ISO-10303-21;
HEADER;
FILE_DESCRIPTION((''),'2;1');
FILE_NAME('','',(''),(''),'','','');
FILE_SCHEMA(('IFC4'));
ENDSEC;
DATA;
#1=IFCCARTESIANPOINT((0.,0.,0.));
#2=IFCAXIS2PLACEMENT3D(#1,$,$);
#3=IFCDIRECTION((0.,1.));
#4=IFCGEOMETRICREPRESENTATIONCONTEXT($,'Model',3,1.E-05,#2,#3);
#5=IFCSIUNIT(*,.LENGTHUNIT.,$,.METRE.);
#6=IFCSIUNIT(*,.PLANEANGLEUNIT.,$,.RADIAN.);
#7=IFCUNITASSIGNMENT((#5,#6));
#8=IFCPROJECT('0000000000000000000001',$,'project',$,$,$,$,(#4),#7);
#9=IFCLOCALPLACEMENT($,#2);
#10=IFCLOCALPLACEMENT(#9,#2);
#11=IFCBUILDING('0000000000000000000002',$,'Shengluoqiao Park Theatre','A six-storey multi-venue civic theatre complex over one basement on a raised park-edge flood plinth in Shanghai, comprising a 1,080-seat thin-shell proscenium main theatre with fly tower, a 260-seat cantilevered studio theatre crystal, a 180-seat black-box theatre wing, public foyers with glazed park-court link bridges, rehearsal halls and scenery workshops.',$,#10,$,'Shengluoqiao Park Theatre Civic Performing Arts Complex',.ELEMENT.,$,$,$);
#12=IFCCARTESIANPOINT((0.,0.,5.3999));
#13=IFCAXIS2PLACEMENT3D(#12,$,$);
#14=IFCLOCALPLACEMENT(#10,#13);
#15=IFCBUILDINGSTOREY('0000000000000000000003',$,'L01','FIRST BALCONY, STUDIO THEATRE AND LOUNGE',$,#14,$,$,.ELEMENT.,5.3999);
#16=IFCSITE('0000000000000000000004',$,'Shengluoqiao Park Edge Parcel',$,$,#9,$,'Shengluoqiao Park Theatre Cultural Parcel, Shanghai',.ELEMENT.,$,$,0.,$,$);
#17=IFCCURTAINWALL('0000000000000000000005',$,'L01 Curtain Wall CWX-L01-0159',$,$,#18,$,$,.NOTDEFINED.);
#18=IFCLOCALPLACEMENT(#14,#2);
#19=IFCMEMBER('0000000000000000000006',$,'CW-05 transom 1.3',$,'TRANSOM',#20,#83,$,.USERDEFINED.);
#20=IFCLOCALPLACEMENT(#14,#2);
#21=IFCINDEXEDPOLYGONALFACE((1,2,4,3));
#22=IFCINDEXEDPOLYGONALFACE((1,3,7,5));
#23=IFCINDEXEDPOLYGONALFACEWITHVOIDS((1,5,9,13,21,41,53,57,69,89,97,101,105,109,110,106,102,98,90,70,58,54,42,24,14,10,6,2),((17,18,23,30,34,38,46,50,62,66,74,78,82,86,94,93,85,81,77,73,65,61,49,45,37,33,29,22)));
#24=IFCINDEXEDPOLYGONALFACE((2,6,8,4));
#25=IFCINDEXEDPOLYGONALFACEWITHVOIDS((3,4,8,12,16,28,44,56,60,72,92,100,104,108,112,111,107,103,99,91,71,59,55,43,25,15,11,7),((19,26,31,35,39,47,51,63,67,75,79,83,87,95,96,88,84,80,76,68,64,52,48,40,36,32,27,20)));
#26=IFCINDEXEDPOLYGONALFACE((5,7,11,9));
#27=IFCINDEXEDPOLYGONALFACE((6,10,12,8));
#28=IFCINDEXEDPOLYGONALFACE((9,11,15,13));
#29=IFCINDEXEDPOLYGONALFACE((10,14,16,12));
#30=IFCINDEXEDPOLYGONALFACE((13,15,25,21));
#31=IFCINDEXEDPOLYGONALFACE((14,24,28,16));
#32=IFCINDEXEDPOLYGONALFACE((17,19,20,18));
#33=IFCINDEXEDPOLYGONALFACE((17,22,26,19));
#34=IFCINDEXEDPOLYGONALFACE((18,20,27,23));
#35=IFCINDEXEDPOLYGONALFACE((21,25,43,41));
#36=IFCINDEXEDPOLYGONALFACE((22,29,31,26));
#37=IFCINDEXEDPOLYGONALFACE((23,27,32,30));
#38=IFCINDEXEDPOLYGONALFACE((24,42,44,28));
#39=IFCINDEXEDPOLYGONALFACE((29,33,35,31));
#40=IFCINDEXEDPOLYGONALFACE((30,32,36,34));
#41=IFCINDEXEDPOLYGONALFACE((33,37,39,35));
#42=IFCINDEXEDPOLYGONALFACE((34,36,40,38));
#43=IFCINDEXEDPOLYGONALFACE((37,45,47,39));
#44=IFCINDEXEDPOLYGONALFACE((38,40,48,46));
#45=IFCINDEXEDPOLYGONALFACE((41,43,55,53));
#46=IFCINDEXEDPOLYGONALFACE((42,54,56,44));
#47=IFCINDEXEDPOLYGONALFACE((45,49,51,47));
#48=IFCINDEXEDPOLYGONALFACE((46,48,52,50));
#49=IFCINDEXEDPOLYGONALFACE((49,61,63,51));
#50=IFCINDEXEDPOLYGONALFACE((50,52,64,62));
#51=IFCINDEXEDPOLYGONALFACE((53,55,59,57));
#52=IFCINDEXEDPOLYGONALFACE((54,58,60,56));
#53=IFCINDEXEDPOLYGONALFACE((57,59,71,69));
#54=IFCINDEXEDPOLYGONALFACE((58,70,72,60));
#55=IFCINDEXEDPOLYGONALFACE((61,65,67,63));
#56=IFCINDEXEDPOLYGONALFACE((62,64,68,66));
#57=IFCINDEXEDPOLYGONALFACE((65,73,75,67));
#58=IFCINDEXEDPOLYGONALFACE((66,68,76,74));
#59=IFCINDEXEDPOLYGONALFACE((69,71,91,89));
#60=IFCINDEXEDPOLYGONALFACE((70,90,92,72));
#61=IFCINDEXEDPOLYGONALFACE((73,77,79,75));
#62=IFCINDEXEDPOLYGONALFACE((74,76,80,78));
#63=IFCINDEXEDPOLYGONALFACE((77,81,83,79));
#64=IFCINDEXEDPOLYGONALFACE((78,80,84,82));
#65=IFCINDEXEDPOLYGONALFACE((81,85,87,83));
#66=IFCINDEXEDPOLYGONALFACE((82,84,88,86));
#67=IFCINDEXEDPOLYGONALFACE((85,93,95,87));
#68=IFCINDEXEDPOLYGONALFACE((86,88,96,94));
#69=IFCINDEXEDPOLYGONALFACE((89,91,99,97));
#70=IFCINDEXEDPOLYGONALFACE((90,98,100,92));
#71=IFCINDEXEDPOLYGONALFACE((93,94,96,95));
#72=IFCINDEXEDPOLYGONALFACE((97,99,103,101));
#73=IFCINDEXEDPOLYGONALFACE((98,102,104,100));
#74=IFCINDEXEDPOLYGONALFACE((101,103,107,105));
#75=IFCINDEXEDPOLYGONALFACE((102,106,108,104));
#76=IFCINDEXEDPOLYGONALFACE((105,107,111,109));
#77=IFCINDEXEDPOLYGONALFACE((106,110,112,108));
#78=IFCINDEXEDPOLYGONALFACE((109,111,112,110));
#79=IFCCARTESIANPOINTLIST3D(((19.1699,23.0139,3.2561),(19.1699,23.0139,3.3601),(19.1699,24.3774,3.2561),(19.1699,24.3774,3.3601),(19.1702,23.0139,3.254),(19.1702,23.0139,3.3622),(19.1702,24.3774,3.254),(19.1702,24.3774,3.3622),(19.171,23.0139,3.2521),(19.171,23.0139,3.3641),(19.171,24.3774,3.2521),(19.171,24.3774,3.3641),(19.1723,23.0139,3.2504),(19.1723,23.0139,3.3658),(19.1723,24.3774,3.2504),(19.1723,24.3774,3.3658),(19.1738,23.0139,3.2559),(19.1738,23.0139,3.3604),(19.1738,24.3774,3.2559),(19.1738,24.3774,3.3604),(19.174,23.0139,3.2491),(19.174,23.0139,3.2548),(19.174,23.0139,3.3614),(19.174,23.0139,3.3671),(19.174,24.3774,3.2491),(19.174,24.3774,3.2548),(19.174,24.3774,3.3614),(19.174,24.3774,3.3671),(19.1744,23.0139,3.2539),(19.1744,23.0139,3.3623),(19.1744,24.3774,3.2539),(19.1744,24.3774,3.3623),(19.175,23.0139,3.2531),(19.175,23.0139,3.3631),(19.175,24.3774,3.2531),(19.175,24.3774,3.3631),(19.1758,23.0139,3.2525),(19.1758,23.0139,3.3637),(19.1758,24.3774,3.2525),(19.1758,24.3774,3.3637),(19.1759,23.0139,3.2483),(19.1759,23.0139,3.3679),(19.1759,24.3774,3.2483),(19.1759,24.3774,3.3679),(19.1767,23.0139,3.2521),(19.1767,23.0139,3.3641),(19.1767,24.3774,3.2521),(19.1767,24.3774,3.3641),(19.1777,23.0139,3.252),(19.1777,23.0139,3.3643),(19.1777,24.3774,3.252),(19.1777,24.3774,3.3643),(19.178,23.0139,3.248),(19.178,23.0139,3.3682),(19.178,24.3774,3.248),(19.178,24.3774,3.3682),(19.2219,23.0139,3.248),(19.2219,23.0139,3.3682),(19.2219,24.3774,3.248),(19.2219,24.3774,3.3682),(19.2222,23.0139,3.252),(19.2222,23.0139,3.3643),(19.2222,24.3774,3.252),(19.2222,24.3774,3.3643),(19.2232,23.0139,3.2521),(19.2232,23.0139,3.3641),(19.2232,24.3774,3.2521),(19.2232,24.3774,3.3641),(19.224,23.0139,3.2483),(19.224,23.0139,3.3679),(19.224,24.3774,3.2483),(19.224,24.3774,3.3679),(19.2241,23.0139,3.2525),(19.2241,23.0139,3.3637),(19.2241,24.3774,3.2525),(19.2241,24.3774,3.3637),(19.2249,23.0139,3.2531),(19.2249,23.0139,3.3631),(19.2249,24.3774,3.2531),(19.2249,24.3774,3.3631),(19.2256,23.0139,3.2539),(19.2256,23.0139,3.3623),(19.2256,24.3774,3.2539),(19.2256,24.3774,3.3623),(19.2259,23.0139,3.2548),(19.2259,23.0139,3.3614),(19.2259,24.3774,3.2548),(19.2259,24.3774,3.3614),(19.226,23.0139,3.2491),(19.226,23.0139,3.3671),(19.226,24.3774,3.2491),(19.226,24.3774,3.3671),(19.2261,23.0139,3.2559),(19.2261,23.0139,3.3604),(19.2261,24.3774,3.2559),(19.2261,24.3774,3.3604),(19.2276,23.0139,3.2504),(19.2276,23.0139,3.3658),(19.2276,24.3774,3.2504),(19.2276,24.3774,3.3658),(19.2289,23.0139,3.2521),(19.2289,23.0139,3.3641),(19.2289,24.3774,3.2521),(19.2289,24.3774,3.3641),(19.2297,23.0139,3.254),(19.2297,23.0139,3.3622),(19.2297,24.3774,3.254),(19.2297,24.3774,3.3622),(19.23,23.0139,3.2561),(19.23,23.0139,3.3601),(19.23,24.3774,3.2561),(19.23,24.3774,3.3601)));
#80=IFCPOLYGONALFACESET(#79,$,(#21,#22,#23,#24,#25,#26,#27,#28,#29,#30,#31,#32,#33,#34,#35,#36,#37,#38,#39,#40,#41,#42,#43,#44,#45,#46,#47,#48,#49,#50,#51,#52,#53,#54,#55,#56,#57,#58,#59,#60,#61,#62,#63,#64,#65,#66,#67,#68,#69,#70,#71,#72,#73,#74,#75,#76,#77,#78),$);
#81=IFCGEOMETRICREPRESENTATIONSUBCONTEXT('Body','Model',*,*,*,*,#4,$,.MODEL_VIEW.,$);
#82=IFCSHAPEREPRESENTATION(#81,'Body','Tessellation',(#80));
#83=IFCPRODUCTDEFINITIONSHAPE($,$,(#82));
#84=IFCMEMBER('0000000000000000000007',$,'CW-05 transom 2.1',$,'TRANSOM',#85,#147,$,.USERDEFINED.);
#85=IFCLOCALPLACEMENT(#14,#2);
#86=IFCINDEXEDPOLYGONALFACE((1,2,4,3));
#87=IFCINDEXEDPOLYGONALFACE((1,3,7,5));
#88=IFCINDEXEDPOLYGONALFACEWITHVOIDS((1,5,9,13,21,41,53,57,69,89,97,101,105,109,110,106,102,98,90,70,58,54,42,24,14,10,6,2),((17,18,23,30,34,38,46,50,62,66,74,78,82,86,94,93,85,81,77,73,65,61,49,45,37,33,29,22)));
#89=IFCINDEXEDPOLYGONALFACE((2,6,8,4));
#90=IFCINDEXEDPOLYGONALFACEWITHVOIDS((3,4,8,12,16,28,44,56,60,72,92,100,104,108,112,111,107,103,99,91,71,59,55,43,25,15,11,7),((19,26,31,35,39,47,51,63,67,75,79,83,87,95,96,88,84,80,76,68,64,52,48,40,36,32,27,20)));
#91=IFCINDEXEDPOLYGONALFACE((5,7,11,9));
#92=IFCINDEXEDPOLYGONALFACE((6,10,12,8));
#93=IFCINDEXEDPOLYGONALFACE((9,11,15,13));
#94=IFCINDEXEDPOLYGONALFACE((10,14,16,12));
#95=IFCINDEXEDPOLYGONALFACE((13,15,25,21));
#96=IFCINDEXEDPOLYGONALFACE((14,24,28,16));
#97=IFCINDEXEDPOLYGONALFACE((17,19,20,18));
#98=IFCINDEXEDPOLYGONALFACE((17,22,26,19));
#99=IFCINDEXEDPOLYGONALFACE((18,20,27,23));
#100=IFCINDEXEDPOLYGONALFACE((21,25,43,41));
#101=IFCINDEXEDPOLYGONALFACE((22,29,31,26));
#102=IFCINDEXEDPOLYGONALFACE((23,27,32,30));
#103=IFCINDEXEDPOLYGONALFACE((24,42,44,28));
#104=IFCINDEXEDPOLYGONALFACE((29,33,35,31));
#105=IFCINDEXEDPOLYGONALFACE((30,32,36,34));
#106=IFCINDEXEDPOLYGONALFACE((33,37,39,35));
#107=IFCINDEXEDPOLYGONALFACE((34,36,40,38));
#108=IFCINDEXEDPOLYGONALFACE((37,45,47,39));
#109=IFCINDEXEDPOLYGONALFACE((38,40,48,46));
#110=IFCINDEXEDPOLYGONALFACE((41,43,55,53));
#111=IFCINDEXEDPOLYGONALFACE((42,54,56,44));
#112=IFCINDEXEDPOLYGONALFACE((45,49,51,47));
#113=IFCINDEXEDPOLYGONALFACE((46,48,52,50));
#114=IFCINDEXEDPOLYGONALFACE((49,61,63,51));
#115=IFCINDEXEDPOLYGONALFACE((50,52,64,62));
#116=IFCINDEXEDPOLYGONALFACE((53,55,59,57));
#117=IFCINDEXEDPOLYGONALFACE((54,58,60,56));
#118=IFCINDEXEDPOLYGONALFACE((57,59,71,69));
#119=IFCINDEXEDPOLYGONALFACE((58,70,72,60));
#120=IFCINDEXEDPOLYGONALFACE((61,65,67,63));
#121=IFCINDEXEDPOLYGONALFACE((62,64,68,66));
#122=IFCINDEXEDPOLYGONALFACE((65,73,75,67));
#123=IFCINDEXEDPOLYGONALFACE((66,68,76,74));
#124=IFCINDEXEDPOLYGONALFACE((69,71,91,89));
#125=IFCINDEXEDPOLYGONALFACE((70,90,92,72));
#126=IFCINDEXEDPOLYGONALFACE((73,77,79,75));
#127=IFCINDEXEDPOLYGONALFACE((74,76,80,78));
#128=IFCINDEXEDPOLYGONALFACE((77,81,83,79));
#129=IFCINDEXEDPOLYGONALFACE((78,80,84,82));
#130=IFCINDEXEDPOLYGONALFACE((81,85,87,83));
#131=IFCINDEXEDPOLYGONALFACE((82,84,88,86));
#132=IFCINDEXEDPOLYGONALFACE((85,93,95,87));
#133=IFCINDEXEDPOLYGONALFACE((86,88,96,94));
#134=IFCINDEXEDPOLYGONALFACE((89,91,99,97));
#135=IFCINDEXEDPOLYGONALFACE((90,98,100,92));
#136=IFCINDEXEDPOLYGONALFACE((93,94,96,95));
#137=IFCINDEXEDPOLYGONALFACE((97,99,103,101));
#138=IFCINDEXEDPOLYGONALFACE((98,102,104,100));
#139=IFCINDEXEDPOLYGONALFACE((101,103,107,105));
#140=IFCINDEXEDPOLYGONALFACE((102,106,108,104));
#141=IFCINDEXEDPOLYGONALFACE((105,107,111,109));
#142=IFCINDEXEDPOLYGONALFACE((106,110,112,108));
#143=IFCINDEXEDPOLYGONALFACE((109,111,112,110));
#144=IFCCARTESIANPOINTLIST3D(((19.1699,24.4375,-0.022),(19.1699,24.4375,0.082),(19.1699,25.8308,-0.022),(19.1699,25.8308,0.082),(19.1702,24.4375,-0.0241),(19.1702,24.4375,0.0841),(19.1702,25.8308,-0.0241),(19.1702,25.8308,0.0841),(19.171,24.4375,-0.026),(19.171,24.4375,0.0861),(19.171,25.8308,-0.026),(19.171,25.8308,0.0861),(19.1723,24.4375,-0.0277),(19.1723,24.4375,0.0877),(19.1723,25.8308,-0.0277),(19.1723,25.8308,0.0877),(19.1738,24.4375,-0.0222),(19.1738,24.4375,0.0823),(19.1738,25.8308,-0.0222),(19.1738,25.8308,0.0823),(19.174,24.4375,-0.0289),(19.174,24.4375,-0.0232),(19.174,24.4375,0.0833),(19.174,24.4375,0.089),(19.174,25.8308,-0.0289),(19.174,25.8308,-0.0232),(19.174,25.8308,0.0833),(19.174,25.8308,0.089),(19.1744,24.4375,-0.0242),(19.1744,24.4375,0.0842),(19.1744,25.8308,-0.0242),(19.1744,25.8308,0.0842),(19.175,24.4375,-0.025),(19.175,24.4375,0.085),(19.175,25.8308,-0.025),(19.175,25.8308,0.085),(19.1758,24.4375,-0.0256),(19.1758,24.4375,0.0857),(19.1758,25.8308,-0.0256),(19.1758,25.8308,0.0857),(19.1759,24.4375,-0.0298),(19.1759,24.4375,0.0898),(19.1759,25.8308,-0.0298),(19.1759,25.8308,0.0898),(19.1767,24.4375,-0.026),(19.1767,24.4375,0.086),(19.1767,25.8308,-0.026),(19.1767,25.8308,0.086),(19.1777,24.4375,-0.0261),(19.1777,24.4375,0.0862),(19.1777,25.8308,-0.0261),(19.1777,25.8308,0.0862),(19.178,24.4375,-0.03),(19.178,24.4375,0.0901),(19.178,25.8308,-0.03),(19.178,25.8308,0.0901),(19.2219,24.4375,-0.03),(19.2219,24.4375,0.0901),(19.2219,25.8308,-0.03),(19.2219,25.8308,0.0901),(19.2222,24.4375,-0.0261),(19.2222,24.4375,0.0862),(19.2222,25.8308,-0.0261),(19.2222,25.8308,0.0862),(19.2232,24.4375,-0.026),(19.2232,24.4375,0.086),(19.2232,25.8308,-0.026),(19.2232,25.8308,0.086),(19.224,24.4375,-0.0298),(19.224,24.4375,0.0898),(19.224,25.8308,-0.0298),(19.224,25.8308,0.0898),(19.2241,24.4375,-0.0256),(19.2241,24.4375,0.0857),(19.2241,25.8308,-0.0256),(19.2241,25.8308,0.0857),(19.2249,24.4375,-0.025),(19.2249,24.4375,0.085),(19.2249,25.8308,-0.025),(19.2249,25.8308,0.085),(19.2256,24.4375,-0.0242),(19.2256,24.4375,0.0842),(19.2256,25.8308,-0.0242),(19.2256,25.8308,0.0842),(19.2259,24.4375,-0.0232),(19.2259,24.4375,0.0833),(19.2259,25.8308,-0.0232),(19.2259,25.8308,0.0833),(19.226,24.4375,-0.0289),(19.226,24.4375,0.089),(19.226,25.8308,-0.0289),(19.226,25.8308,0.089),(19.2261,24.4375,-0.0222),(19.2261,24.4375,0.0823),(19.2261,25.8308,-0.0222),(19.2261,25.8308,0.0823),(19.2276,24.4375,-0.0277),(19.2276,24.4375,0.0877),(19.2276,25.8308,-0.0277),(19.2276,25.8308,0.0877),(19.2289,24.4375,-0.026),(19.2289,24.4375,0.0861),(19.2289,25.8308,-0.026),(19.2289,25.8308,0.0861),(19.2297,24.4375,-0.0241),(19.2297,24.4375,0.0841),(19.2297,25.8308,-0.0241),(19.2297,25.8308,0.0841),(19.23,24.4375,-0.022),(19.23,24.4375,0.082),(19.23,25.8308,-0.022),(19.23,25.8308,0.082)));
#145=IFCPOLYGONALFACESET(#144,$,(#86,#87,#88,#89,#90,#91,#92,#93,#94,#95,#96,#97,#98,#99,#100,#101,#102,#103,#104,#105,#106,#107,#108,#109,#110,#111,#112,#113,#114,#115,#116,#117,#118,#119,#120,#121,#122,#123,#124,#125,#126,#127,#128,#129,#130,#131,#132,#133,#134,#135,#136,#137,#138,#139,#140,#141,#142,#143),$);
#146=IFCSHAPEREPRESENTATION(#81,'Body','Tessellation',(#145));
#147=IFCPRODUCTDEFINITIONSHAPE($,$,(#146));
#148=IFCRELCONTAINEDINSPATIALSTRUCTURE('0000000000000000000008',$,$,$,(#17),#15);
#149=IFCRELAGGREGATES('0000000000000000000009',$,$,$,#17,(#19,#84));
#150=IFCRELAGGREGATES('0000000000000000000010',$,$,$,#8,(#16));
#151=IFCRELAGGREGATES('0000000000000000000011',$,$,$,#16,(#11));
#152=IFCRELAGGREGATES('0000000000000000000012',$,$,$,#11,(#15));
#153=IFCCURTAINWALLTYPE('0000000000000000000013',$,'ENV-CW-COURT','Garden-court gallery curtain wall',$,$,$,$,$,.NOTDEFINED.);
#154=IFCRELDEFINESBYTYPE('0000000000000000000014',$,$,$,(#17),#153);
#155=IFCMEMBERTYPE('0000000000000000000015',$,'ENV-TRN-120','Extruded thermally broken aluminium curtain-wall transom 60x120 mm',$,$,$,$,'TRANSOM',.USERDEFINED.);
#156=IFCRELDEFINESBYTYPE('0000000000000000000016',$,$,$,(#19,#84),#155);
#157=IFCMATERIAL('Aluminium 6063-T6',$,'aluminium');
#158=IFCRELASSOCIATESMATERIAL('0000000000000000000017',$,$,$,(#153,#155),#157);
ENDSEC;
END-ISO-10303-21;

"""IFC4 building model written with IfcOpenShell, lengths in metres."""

from ifc_helpers import new_model, si_unit, direction, frame, origin, origin_2d, place, context, subcontext, project, spatial, hollow_rectangle, extrude, material, material_profile, profile_set, type_object, element, aggregate, save


model = new_model("IFC4")

# Units and contexts
model_context = context("Model", 3, precision=1e-05, world=origin(), true_north=direction((0.0, 1.0)))
body_context = subcontext(model_context, "Body", "Model", "MODEL_VIEW")
ifc_project = project(units=[si_unit("LENGTHUNIT", "METRE"), si_unit("PLANEANGLEUNIT", "RADIAN")], contexts=[model_context])

# Site, building, storey
site_placement = place(None, origin())
site = spatial("IfcSite", under=ifc_project, at=site_placement, Name="Shengluoqiao Park Edge Parcel", LongName="Shengluoqiao Park Theatre Cultural Parcel, Shanghai", CompositionType="ELEMENT", RefElevation=0.0)
building_placement = place(site_placement, origin())
building = spatial("IfcBuilding", under=site, at=building_placement, Name="Shengluoqiao Park Theatre", Description="A six-storey multi-venue civic theatre complex over one basement on a raised park-edge flood plinth in Shanghai, comprising a 1,080-seat thin-shell proscenium main theatre with fly tower, a 260-seat cantilevered studio theatre crystal, a 180-seat black-box theatre wing, public foyers with glazed park-court link bridges, rehearsal halls and scenery workshops.", LongName="Shengluoqiao Park Theatre Civic Performing Arts Complex", CompositionType="ELEMENT")
storey_placement = place(building_placement, frame((0.0, 0.0, 5.3999)))
storey = spatial("IfcBuildingStorey", under=building, at=storey_placement, Name="L01", Description="FIRST BALCONY, STUDIO THEATRE AND LOUNGE", CompositionType="ELEMENT", Elevation=5.3999)

# Shared definitions
ifc_material_1 = material(Name="Aluminium 6063-T6", Category="aluminium")

# Curtain wall, members
curtain_wall_type_1 = type_object("IfcCurtainWallType", Name="ENV-CW-COURT", Description="Garden-court gallery curtain wall", PredefinedType="NOTDEFINED", material=ifc_material_1)
curtain_wall_1_placement = place(storey_placement, origin())
curtain_wall_1 = element("IfcCurtainWall", 1, at=curtain_wall_1_placement, inside=storey, type_object=curtain_wall_type_1, Name="L01 Curtain Wall CWX-L01-0159", PredefinedType="NOTDEFINED")
ifc_material_profile_1 = material_profile(ifc_material_1, hollow_rectangle(XDim=0.0601, YDim=0.1201, WallThickness=0.0039, InnerFilletRadius=0.0039, OuterFilletRadius=0.0081, at=origin_2d()), Name="ALU TRANSOM 120x60x4")
ifc_profile_set_1 = profile_set([ifc_material_profile_1], Name="Aluminium 6063-T6")
member_type_1 = type_object("IfcMemberType", Name="ENV-TRN-120", Description="Extruded thermally broken aluminium curtain-wall transom 60x120 mm", ElementType="TRANSOM", PredefinedType="USERDEFINED", material=ifc_profile_set_1)
member_1_placement = place(storey_placement, frame((19.2, 23.0139, 3.3081), z_axis=(0.0, 1.0, 0.0), x_axis=(-1.0, 0.0, 0.0)))
member_1 = element("IfcMember", 2, at=member_1_placement, type_object=member_type_1, Name="CW-05 transom 1.3", ObjectType="TRANSOM", PredefinedType="USERDEFINED", context=body_context, shape_type="SweptSolid", body=[
    extrude(hollow_rectangle(XDim=0.0601, YDim=0.1201, WallThickness=0.0039, InnerFilletRadius=0.0039, OuterFilletRadius=0.0081, at=origin_2d()), origin(), (0.0, 0.0, 1.0), 1.3635),
])
member_2_placement = place(storey_placement, frame((19.2, 24.4375, 0.03), z_axis=(0.0, 1.0, 0.0), x_axis=(-1.0, 0.0, 0.0)))
member_2 = element("IfcMember", 3, at=member_2_placement, type_object=member_type_1, Name="CW-05 transom 2.1", ObjectType="TRANSOM", PredefinedType="USERDEFINED", context=body_context, shape_type="SweptSolid", body=[
    extrude(hollow_rectangle(XDim=0.0601, YDim=0.1201, WallThickness=0.0039, InnerFilletRadius=0.0039, OuterFilletRadius=0.0081, at=origin_2d()), origin(), (0.0, 0.0, 1.0), 1.3933),
])

aggregate(curtain_wall_1, [member_1, member_2])

save(model, "model.ifc")
